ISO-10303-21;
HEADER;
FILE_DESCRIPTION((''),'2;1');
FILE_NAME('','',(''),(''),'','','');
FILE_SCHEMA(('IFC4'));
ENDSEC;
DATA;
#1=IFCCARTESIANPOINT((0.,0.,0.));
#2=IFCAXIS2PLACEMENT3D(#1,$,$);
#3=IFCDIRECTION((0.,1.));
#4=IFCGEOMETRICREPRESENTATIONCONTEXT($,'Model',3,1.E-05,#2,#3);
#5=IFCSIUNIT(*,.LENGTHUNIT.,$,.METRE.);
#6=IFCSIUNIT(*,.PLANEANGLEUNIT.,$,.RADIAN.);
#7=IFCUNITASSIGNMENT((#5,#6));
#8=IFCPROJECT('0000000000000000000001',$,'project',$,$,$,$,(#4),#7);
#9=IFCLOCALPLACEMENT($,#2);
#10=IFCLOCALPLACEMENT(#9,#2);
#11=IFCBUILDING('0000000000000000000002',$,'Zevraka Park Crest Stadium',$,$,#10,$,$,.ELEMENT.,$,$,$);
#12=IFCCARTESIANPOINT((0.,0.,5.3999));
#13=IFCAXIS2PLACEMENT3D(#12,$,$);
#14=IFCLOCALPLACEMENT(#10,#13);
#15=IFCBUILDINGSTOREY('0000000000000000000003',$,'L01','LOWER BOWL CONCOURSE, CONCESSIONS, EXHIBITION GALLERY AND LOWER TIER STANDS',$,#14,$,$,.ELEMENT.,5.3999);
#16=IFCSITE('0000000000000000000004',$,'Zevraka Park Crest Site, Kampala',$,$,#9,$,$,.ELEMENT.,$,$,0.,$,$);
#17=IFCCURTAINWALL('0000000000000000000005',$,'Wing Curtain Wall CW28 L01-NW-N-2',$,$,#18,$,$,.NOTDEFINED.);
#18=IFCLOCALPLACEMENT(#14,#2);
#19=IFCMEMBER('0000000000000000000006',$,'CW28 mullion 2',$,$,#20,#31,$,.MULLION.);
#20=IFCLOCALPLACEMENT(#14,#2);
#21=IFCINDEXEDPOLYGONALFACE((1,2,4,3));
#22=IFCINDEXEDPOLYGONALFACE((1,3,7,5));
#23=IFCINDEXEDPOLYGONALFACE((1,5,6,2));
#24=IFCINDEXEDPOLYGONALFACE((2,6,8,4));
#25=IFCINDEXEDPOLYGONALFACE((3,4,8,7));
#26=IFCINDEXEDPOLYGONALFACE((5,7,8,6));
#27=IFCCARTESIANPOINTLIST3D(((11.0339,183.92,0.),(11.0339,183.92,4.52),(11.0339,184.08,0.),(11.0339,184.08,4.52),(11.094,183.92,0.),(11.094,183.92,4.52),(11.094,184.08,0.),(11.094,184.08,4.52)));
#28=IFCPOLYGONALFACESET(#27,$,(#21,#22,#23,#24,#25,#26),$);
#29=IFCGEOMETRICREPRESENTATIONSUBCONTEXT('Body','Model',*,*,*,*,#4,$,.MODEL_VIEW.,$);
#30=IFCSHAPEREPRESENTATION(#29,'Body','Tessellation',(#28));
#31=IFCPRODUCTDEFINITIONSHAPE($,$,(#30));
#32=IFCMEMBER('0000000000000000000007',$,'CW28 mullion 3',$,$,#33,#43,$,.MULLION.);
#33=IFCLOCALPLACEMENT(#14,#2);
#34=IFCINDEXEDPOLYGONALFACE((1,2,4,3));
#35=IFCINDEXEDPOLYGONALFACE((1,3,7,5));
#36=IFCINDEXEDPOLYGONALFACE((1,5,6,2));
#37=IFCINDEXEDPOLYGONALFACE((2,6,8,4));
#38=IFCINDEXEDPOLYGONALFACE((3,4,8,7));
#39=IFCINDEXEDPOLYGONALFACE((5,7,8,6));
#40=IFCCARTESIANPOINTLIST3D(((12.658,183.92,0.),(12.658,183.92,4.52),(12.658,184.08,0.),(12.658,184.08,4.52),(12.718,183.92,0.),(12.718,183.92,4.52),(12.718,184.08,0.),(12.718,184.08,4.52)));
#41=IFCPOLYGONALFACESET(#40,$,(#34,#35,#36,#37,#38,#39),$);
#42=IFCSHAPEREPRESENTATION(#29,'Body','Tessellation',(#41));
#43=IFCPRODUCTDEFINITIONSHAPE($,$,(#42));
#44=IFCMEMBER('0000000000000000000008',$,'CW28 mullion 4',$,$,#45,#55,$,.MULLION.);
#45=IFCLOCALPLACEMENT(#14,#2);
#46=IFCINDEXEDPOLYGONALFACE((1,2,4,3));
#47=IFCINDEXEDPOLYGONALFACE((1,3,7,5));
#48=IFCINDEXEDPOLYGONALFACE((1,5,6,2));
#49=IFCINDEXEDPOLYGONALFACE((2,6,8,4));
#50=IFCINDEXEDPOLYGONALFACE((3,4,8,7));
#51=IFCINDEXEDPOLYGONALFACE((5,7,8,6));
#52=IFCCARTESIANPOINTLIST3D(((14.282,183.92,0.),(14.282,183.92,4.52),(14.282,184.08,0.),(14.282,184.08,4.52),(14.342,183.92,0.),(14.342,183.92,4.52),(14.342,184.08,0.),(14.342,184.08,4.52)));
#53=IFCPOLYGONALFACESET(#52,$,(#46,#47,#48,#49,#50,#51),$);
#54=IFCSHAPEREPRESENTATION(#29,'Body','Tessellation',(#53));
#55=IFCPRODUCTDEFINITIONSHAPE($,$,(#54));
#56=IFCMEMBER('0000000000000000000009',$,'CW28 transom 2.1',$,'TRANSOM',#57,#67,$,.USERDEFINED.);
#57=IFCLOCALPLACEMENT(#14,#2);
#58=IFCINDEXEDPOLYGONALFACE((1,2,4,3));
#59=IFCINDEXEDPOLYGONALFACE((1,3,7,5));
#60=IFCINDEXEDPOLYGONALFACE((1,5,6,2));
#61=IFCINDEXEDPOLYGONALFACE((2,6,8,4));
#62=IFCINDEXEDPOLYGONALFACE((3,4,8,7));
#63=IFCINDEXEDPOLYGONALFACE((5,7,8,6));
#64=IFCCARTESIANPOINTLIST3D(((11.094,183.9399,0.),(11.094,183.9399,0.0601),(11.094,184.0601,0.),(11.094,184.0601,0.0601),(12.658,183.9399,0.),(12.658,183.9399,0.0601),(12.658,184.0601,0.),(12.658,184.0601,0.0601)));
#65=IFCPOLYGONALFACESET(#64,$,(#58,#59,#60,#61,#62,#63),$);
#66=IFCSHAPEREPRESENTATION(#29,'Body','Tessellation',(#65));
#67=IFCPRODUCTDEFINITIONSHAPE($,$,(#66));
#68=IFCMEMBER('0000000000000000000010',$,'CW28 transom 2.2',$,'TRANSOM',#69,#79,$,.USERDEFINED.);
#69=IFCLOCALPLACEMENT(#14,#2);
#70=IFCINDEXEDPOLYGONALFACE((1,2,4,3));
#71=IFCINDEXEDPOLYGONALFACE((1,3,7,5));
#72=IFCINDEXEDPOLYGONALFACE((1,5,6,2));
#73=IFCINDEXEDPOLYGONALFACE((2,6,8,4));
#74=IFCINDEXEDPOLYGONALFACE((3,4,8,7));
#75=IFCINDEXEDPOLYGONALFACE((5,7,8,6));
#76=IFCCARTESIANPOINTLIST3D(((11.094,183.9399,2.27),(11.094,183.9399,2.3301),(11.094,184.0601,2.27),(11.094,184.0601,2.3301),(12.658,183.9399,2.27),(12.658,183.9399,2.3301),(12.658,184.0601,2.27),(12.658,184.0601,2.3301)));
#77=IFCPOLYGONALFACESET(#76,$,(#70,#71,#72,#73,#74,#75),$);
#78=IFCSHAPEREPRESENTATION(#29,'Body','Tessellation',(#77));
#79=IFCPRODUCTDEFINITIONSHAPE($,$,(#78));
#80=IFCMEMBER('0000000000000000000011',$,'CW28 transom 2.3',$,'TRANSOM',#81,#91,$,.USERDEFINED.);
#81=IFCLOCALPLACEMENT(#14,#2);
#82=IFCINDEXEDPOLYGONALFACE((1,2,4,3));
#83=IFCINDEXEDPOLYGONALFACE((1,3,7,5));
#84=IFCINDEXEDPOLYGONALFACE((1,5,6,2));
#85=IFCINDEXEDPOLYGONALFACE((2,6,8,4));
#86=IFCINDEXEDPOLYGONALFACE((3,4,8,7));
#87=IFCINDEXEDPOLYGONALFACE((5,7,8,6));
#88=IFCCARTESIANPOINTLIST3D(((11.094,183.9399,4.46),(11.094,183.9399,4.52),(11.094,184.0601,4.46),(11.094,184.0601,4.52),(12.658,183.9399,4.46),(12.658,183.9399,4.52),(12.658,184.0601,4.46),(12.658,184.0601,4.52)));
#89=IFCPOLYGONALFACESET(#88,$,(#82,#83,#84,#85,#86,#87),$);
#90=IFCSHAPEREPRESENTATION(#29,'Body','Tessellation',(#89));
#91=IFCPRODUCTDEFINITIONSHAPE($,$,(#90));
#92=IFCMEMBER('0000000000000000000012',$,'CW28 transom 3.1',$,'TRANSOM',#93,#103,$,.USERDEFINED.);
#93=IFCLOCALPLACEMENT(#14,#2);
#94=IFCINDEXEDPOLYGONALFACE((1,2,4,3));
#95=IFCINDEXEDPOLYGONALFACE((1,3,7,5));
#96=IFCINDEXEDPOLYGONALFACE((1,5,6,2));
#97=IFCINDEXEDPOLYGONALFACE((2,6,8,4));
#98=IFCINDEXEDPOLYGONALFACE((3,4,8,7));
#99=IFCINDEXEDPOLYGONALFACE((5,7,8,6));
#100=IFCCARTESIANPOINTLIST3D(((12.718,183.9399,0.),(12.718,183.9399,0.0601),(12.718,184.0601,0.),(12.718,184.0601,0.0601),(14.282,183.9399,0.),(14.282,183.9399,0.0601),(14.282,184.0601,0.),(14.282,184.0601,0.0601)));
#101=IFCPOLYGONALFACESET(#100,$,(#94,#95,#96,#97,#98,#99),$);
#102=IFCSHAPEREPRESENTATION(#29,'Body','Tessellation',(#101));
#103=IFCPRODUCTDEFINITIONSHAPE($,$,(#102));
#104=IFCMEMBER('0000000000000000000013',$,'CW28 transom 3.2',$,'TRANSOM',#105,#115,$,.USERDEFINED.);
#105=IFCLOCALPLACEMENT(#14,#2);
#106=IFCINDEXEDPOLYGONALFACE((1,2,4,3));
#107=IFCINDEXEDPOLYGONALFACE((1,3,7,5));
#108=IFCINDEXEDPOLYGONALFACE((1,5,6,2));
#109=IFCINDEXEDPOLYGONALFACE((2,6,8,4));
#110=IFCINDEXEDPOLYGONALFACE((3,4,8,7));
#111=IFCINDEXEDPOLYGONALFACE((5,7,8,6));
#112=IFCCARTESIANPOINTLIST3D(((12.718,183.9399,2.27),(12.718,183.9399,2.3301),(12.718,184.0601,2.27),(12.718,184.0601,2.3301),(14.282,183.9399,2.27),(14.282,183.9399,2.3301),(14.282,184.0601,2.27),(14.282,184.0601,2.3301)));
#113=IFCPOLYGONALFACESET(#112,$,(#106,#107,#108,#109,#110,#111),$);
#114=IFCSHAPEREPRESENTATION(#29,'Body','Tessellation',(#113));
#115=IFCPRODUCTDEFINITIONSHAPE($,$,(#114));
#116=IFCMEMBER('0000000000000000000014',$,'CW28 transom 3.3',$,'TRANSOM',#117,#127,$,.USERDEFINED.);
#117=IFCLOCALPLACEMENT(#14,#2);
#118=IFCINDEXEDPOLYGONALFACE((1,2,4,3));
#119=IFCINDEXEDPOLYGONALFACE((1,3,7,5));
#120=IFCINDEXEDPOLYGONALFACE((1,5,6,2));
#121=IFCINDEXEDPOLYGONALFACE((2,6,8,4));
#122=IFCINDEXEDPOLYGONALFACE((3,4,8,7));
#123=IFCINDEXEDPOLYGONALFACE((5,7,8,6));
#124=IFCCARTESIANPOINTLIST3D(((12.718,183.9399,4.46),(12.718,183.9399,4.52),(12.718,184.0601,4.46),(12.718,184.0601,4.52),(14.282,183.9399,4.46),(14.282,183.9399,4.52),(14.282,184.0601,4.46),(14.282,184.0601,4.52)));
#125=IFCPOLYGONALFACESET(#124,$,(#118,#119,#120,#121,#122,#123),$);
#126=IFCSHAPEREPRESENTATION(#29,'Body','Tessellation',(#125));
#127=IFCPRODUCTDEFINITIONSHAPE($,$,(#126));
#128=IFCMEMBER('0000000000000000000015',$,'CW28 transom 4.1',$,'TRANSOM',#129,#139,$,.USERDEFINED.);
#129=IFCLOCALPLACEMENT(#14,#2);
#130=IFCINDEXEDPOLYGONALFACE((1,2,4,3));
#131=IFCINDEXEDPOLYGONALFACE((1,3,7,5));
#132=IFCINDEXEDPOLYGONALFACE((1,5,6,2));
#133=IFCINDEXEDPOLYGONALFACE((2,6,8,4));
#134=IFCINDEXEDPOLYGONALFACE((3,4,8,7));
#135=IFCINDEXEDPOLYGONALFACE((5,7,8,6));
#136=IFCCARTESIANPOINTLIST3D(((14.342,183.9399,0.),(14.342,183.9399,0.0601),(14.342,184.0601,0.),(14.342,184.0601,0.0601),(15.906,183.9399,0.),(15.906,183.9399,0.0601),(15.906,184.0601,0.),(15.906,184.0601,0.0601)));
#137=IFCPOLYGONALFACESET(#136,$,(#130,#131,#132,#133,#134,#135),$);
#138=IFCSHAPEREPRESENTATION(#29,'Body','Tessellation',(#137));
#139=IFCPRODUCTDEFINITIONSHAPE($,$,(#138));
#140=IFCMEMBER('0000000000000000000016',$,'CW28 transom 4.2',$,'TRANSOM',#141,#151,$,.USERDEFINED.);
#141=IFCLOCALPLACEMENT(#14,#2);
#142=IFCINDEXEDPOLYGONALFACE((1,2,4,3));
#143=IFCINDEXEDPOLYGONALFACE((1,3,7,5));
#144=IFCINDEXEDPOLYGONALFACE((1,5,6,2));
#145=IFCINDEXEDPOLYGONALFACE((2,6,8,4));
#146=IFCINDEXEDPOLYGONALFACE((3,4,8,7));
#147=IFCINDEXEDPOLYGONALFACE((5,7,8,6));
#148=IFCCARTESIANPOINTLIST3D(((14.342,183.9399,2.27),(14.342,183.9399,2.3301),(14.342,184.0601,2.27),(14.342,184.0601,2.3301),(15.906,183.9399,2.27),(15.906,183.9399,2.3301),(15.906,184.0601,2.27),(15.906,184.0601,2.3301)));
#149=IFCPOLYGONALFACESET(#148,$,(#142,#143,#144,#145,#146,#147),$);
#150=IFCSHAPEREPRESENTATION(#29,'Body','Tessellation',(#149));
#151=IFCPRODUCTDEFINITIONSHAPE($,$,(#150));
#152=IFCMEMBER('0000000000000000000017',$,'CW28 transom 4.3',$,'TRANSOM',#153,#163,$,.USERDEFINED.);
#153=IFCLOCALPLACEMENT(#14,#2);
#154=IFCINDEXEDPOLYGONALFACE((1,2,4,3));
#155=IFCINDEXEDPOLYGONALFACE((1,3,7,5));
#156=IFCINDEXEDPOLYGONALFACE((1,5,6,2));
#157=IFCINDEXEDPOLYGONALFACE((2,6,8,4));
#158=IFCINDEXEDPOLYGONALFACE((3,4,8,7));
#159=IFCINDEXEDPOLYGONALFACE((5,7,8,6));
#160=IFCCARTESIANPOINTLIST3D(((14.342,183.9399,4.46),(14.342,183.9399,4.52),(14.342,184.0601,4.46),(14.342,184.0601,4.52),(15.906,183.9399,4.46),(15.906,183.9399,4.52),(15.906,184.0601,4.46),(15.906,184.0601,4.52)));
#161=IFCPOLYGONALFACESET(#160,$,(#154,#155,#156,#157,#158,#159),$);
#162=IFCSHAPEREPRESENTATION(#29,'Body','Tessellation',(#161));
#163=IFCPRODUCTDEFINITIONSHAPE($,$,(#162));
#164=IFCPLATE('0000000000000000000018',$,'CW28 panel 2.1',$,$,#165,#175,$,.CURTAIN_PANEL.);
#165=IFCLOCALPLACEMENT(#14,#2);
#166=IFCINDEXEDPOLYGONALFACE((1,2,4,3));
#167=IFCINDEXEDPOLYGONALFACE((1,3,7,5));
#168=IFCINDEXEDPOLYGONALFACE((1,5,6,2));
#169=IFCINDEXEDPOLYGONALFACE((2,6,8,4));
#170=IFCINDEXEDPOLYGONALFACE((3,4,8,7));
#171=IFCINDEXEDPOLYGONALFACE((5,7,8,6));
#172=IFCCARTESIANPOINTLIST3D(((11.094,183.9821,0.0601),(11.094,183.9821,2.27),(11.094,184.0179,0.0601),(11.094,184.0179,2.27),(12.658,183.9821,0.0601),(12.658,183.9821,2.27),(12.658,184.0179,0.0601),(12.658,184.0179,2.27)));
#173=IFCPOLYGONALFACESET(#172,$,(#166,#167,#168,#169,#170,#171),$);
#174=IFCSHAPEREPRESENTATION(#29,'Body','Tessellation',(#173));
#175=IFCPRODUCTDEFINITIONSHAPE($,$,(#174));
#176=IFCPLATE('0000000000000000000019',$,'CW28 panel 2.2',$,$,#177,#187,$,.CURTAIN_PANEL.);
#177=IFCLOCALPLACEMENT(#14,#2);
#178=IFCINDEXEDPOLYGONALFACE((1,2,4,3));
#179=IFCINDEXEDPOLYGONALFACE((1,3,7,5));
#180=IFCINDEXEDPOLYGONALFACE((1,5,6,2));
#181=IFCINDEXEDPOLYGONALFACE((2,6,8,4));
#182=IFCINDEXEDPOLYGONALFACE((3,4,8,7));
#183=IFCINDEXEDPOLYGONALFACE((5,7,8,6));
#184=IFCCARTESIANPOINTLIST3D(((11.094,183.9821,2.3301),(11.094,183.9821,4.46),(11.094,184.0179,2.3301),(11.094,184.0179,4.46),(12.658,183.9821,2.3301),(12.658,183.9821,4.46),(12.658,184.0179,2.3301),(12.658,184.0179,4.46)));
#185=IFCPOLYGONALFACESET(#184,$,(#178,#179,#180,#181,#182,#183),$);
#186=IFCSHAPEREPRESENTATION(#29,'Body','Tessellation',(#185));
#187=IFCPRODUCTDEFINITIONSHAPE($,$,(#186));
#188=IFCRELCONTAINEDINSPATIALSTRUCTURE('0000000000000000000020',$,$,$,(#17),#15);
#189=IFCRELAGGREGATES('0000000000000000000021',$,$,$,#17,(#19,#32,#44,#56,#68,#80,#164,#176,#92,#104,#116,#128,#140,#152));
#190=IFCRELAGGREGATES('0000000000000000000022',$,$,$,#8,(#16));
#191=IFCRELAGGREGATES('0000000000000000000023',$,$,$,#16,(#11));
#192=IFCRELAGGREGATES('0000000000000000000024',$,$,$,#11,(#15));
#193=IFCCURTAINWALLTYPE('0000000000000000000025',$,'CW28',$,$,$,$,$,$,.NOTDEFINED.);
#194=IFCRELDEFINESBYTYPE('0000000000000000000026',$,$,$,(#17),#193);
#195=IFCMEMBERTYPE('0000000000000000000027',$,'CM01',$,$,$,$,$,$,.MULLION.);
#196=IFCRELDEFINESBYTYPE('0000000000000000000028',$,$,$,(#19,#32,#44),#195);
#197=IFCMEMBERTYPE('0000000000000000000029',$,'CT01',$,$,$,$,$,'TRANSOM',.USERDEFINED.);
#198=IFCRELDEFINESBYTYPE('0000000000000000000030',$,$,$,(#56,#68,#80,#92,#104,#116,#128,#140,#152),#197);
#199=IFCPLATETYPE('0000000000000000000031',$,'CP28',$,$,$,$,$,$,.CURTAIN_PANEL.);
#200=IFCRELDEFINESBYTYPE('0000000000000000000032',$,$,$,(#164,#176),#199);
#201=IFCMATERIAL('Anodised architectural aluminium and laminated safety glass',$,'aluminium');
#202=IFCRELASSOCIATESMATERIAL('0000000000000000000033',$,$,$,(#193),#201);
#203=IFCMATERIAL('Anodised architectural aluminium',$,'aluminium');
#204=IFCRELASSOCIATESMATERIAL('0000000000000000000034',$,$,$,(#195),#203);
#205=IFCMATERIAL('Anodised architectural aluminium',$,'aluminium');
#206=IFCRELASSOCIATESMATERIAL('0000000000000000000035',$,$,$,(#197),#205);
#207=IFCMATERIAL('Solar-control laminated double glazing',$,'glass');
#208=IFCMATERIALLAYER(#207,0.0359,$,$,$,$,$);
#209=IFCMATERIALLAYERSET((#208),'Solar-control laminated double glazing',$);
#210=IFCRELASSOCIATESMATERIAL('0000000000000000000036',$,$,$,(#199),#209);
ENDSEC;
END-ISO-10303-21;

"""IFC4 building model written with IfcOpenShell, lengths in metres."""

from ifc_helpers import new_model, si_unit, direction, frame, origin, origin_2d, place, context, subcontext, project, spatial, rectangle, extrude, material, layer, layer_set, material_profile, profile_set, type_object, element, aggregate, save


model = new_model("IFC4")

# Units and contexts
model_context = context("Model", 3, precision=1e-05, world=origin(), true_north=direction((0.0, 1.0)))
body_context = subcontext(model_context, "Body", "Model", "MODEL_VIEW")
ifc_project = project(units=[si_unit("LENGTHUNIT", "METRE"), si_unit("PLANEANGLEUNIT", "RADIAN")], contexts=[model_context])

# Site, building, storey
site_placement = place(None, origin())
site = spatial("IfcSite", under=ifc_project, at=site_placement, Name="Zevraka Park Crest Site, Kampala", CompositionType="ELEMENT", RefElevation=0.0)
building_placement = place(site_placement, origin())
building = spatial("IfcBuilding", under=site, at=building_placement, Name="Zevraka Park Crest Stadium", CompositionType="ELEMENT")
storey_placement = place(building_placement, frame((0.0, 0.0, 5.3999)))
storey = spatial("IfcBuildingStorey", under=building, at=storey_placement, Name="L01", Description="LOWER BOWL CONCOURSE, CONCESSIONS, EXHIBITION GALLERY AND LOWER TIER STANDS", CompositionType="ELEMENT", Elevation=5.3999)

# Curtain wall, members, plates
ifc_material_1 = material(Name="Anodised architectural aluminium and laminated safety glass", Category="aluminium")
curtain_wall_type = type_object("IfcCurtainWallType", Name="CW28", PredefinedType="NOTDEFINED", material=ifc_material_1)
curtain_wall_placement = place(storey_placement, origin())
curtain_wall = element("IfcCurtainWall", 1, at=curtain_wall_placement, inside=storey, type_object=curtain_wall_type, Name="Wing Curtain Wall CW28 L01-NW-N-2", PredefinedType="NOTDEFINED")
ifc_material_2 = material(Name="Anodised architectural aluminium", Category="aluminium")
ifc_material_profile_1 = material_profile(ifc_material_2, rectangle(XDim=0.1599, YDim=0.0601, at=origin_2d()), Name="ALU MULLION 160x60")
ifc_profile_set_1 = profile_set([ifc_material_profile_1], Name="Anodised architectural aluminium")
member_type_1 = type_object("IfcMemberType", Name="CM01", PredefinedType="MULLION", material=ifc_profile_set_1)
member_1_placement = place(storey_placement, frame((11.064, 184.0, 0.0), z_axis=(0.0, 0.0, 1.0), x_axis=(0.0, 1.0, 0.0)))
member_1 = element("IfcMember", 2, at=member_1_placement, type_object=member_type_1, Name="CW28 mullion 2", PredefinedType="MULLION", context=body_context, shape_type="SweptSolid", body=[
    extrude(rectangle(XDim=0.1599, YDim=0.0601, at=origin_2d()), origin(), (0.0, 0.0, 1.0), 4.52),
])
member_2_placement = place(storey_placement, frame((12.688, 184.0, 0.0), z_axis=(0.0, 0.0, 1.0), x_axis=(0.0, 1.0, 0.0)))
member_2 = element("IfcMember", 3, at=member_2_placement, type_object=member_type_1, Name="CW28 mullion 3", PredefinedType="MULLION", context=body_context, shape_type="SweptSolid", body=[
    extrude(rectangle(XDim=0.1599, YDim=0.0601, at=origin_2d()), origin(), (0.0, 0.0, 1.0), 4.52),
])
member_3_placement = place(storey_placement, frame((14.312, 184.0, 0.0), z_axis=(0.0, 0.0, 1.0), x_axis=(0.0, 1.0, 0.0)))
member_3 = element("IfcMember", 4, at=member_3_placement, type_object=member_type_1, Name="CW28 mullion 4", PredefinedType="MULLION", context=body_context, shape_type="SweptSolid", body=[
    extrude(rectangle(XDim=0.1599, YDim=0.0601, at=origin_2d()), origin(), (0.0, 0.0, 1.0), 4.52),
])
ifc_material_3 = material(Name="Anodised architectural aluminium", Category="aluminium")
ifc_material_profile_2 = material_profile(ifc_material_3, rectangle(XDim=0.1201, YDim=0.0601, at=origin_2d()), Name="ALU TRANSOM 120x60")
ifc_profile_set_2 = profile_set([ifc_material_profile_2], Name="Anodised architectural aluminium")
member_type_2 = type_object("IfcMemberType", Name="CT01", ElementType="TRANSOM", PredefinedType="USERDEFINED", material=ifc_profile_set_2)
member_4_placement = place(storey_placement, frame((11.094, 184.0, 0.03), z_axis=(1.0, 0.0, 0.0), x_axis=(0.0, 1.0, 0.0)))
member_4 = element("IfcMember", 5, at=member_4_placement, type_object=member_type_2, Name="CW28 transom 2.1", ObjectType="TRANSOM", PredefinedType="USERDEFINED", context=body_context, shape_type="SweptSolid", body=[
    extrude(rectangle(XDim=0.1201, YDim=0.0601, at=origin_2d()), origin(), (0.0, 0.0, 1.0), 1.564),
])
member_5_placement = place(storey_placement, frame((11.094, 184.0, 2.3), z_axis=(1.0, 0.0, 0.0), x_axis=(0.0, 1.0, 0.0)))
member_5 = element("IfcMember", 6, at=member_5_placement, type_object=member_type_2, Name="CW28 transom 2.2", ObjectType="TRANSOM", PredefinedType="USERDEFINED", context=body_context, shape_type="SweptSolid", body=[
    extrude(rectangle(XDim=0.1201, YDim=0.0601, at=origin_2d()), origin(), (0.0, 0.0, 1.0), 1.564),
])
member_6_placement = place(storey_placement, frame((11.094, 184.0, 4.49), z_axis=(1.0, 0.0, 0.0), x_axis=(0.0, 1.0, 0.0)))
member_6 = element("IfcMember", 7, at=member_6_placement, type_object=member_type_2, Name="CW28 transom 2.3", ObjectType="TRANSOM", PredefinedType="USERDEFINED", context=body_context, shape_type="SweptSolid", body=[
    extrude(rectangle(XDim=0.1201, YDim=0.0601, at=origin_2d()), origin(), (0.0, 0.0, 1.0), 1.564),
])
member_7_placement = place(storey_placement, frame((12.718, 184.0, 0.03), z_axis=(1.0, 0.0, 0.0), x_axis=(0.0, 1.0, 0.0)))
member_7 = element("IfcMember", 8, at=member_7_placement, type_object=member_type_2, Name="CW28 transom 3.1", ObjectType="TRANSOM", PredefinedType="USERDEFINED", context=body_context, shape_type="SweptSolid", body=[
    extrude(rectangle(XDim=0.1201, YDim=0.0601, at=origin_2d()), origin(), (0.0, 0.0, 1.0), 1.564),
])
member_8_placement = place(storey_placement, frame((12.718, 184.0, 2.3), z_axis=(1.0, 0.0, 0.0), x_axis=(0.0, 1.0, 0.0)))
member_8 = element("IfcMember", 9, at=member_8_placement, type_object=member_type_2, Name="CW28 transom 3.2", ObjectType="TRANSOM", PredefinedType="USERDEFINED", context=body_context, shape_type="SweptSolid", body=[
    extrude(rectangle(XDim=0.1201, YDim=0.0601, at=origin_2d()), origin(), (0.0, 0.0, 1.0), 1.564),
])
member_9_placement = place(storey_placement, frame((12.718, 184.0, 4.49), z_axis=(1.0, 0.0, 0.0), x_axis=(0.0, 1.0, 0.0)))
member_9 = element("IfcMember", 10, at=member_9_placement, type_object=member_type_2, Name="CW28 transom 3.3", ObjectType="TRANSOM", PredefinedType="USERDEFINED", context=body_context, shape_type="SweptSolid", body=[
    extrude(rectangle(XDim=0.1201, YDim=0.0601, at=origin_2d()), origin(), (0.0, 0.0, 1.0), 1.564),
])
member_10_placement = place(storey_placement, frame((14.342, 184.0, 0.03), z_axis=(1.0, 0.0, 0.0), x_axis=(0.0, 1.0, 0.0)))
member_10 = element("IfcMember", 11, at=member_10_placement, type_object=member_type_2, Name="CW28 transom 4.1", ObjectType="TRANSOM", PredefinedType="USERDEFINED", context=body_context, shape_type="SweptSolid", body=[
    extrude(rectangle(XDim=0.1201, YDim=0.0601, at=origin_2d()), origin(), (0.0, 0.0, 1.0), 1.564),
])
member_11_placement = place(storey_placement, frame((14.342, 184.0, 2.3), z_axis=(1.0, 0.0, 0.0), x_axis=(0.0, 1.0, 0.0)))
member_11 = element("IfcMember", 12, at=member_11_placement, type_object=member_type_2, Name="CW28 transom 4.2", ObjectType="TRANSOM", PredefinedType="USERDEFINED", context=body_context, shape_type="SweptSolid", body=[
    extrude(rectangle(XDim=0.1201, YDim=0.0601, at=origin_2d()), origin(), (0.0, 0.0, 1.0), 1.564),
])
member_12_placement = place(storey_placement, frame((14.342, 184.0, 4.49), z_axis=(1.0, 0.0, 0.0), x_axis=(0.0, 1.0, 0.0)))
member_12 = element("IfcMember", 13, at=member_12_placement, type_object=member_type_2, Name="CW28 transom 4.3", ObjectType="TRANSOM", PredefinedType="USERDEFINED", context=body_context, shape_type="SweptSolid", body=[
    extrude(rectangle(XDim=0.1201, YDim=0.0601, at=origin_2d()), origin(), (0.0, 0.0, 1.0), 1.564),
])
ifc_material_4 = material(Name="Solar-control laminated double glazing", Category="glass")
ifc_layer_1 = layer(ifc_material_4, 0.0359)
ifc_layer_set_1 = layer_set([ifc_layer_1], Name="Solar-control laminated double glazing")
plate_type = type_object("IfcPlateType", Name="CP28", PredefinedType="CURTAIN_PANEL", material=ifc_layer_set_1)
plate_1_placement = place(storey_placement, frame((11.876, 184.0, 0.0601), z_axis=(0.0, 0.0, 1.0), x_axis=(1.0, 0.0, 0.0)))
plate_1 = element("IfcPlate", 14, at=plate_1_placement, type_object=plate_type, Name="CW28 panel 2.1", PredefinedType="CURTAIN_PANEL", context=body_context, shape_type="SweptSolid", body=[
    extrude(rectangle(XDim=1.564, YDim=0.0359, at=origin_2d()), origin(), (0.0, 0.0, 1.0), 2.21),
])
plate_2_placement = place(storey_placement, frame((11.876, 184.0, 2.3301), z_axis=(0.0, 0.0, 1.0), x_axis=(1.0, 0.0, 0.0)))
plate_2 = element("IfcPlate", 15, at=plate_2_placement, type_object=plate_type, Name="CW28 panel 2.2", PredefinedType="CURTAIN_PANEL", context=body_context, shape_type="SweptSolid", body=[
    extrude(rectangle(XDim=1.564, YDim=0.0359, at=origin_2d()), origin(), (0.0, 0.0, 1.0), 2.1299),
])
aggregate(curtain_wall, [member_1, member_2, member_3, member_4, member_5, member_6, plate_1, plate_2, member_7, member_8, member_9, member_10, member_11, member_12])

save(model, "model.ifc")
